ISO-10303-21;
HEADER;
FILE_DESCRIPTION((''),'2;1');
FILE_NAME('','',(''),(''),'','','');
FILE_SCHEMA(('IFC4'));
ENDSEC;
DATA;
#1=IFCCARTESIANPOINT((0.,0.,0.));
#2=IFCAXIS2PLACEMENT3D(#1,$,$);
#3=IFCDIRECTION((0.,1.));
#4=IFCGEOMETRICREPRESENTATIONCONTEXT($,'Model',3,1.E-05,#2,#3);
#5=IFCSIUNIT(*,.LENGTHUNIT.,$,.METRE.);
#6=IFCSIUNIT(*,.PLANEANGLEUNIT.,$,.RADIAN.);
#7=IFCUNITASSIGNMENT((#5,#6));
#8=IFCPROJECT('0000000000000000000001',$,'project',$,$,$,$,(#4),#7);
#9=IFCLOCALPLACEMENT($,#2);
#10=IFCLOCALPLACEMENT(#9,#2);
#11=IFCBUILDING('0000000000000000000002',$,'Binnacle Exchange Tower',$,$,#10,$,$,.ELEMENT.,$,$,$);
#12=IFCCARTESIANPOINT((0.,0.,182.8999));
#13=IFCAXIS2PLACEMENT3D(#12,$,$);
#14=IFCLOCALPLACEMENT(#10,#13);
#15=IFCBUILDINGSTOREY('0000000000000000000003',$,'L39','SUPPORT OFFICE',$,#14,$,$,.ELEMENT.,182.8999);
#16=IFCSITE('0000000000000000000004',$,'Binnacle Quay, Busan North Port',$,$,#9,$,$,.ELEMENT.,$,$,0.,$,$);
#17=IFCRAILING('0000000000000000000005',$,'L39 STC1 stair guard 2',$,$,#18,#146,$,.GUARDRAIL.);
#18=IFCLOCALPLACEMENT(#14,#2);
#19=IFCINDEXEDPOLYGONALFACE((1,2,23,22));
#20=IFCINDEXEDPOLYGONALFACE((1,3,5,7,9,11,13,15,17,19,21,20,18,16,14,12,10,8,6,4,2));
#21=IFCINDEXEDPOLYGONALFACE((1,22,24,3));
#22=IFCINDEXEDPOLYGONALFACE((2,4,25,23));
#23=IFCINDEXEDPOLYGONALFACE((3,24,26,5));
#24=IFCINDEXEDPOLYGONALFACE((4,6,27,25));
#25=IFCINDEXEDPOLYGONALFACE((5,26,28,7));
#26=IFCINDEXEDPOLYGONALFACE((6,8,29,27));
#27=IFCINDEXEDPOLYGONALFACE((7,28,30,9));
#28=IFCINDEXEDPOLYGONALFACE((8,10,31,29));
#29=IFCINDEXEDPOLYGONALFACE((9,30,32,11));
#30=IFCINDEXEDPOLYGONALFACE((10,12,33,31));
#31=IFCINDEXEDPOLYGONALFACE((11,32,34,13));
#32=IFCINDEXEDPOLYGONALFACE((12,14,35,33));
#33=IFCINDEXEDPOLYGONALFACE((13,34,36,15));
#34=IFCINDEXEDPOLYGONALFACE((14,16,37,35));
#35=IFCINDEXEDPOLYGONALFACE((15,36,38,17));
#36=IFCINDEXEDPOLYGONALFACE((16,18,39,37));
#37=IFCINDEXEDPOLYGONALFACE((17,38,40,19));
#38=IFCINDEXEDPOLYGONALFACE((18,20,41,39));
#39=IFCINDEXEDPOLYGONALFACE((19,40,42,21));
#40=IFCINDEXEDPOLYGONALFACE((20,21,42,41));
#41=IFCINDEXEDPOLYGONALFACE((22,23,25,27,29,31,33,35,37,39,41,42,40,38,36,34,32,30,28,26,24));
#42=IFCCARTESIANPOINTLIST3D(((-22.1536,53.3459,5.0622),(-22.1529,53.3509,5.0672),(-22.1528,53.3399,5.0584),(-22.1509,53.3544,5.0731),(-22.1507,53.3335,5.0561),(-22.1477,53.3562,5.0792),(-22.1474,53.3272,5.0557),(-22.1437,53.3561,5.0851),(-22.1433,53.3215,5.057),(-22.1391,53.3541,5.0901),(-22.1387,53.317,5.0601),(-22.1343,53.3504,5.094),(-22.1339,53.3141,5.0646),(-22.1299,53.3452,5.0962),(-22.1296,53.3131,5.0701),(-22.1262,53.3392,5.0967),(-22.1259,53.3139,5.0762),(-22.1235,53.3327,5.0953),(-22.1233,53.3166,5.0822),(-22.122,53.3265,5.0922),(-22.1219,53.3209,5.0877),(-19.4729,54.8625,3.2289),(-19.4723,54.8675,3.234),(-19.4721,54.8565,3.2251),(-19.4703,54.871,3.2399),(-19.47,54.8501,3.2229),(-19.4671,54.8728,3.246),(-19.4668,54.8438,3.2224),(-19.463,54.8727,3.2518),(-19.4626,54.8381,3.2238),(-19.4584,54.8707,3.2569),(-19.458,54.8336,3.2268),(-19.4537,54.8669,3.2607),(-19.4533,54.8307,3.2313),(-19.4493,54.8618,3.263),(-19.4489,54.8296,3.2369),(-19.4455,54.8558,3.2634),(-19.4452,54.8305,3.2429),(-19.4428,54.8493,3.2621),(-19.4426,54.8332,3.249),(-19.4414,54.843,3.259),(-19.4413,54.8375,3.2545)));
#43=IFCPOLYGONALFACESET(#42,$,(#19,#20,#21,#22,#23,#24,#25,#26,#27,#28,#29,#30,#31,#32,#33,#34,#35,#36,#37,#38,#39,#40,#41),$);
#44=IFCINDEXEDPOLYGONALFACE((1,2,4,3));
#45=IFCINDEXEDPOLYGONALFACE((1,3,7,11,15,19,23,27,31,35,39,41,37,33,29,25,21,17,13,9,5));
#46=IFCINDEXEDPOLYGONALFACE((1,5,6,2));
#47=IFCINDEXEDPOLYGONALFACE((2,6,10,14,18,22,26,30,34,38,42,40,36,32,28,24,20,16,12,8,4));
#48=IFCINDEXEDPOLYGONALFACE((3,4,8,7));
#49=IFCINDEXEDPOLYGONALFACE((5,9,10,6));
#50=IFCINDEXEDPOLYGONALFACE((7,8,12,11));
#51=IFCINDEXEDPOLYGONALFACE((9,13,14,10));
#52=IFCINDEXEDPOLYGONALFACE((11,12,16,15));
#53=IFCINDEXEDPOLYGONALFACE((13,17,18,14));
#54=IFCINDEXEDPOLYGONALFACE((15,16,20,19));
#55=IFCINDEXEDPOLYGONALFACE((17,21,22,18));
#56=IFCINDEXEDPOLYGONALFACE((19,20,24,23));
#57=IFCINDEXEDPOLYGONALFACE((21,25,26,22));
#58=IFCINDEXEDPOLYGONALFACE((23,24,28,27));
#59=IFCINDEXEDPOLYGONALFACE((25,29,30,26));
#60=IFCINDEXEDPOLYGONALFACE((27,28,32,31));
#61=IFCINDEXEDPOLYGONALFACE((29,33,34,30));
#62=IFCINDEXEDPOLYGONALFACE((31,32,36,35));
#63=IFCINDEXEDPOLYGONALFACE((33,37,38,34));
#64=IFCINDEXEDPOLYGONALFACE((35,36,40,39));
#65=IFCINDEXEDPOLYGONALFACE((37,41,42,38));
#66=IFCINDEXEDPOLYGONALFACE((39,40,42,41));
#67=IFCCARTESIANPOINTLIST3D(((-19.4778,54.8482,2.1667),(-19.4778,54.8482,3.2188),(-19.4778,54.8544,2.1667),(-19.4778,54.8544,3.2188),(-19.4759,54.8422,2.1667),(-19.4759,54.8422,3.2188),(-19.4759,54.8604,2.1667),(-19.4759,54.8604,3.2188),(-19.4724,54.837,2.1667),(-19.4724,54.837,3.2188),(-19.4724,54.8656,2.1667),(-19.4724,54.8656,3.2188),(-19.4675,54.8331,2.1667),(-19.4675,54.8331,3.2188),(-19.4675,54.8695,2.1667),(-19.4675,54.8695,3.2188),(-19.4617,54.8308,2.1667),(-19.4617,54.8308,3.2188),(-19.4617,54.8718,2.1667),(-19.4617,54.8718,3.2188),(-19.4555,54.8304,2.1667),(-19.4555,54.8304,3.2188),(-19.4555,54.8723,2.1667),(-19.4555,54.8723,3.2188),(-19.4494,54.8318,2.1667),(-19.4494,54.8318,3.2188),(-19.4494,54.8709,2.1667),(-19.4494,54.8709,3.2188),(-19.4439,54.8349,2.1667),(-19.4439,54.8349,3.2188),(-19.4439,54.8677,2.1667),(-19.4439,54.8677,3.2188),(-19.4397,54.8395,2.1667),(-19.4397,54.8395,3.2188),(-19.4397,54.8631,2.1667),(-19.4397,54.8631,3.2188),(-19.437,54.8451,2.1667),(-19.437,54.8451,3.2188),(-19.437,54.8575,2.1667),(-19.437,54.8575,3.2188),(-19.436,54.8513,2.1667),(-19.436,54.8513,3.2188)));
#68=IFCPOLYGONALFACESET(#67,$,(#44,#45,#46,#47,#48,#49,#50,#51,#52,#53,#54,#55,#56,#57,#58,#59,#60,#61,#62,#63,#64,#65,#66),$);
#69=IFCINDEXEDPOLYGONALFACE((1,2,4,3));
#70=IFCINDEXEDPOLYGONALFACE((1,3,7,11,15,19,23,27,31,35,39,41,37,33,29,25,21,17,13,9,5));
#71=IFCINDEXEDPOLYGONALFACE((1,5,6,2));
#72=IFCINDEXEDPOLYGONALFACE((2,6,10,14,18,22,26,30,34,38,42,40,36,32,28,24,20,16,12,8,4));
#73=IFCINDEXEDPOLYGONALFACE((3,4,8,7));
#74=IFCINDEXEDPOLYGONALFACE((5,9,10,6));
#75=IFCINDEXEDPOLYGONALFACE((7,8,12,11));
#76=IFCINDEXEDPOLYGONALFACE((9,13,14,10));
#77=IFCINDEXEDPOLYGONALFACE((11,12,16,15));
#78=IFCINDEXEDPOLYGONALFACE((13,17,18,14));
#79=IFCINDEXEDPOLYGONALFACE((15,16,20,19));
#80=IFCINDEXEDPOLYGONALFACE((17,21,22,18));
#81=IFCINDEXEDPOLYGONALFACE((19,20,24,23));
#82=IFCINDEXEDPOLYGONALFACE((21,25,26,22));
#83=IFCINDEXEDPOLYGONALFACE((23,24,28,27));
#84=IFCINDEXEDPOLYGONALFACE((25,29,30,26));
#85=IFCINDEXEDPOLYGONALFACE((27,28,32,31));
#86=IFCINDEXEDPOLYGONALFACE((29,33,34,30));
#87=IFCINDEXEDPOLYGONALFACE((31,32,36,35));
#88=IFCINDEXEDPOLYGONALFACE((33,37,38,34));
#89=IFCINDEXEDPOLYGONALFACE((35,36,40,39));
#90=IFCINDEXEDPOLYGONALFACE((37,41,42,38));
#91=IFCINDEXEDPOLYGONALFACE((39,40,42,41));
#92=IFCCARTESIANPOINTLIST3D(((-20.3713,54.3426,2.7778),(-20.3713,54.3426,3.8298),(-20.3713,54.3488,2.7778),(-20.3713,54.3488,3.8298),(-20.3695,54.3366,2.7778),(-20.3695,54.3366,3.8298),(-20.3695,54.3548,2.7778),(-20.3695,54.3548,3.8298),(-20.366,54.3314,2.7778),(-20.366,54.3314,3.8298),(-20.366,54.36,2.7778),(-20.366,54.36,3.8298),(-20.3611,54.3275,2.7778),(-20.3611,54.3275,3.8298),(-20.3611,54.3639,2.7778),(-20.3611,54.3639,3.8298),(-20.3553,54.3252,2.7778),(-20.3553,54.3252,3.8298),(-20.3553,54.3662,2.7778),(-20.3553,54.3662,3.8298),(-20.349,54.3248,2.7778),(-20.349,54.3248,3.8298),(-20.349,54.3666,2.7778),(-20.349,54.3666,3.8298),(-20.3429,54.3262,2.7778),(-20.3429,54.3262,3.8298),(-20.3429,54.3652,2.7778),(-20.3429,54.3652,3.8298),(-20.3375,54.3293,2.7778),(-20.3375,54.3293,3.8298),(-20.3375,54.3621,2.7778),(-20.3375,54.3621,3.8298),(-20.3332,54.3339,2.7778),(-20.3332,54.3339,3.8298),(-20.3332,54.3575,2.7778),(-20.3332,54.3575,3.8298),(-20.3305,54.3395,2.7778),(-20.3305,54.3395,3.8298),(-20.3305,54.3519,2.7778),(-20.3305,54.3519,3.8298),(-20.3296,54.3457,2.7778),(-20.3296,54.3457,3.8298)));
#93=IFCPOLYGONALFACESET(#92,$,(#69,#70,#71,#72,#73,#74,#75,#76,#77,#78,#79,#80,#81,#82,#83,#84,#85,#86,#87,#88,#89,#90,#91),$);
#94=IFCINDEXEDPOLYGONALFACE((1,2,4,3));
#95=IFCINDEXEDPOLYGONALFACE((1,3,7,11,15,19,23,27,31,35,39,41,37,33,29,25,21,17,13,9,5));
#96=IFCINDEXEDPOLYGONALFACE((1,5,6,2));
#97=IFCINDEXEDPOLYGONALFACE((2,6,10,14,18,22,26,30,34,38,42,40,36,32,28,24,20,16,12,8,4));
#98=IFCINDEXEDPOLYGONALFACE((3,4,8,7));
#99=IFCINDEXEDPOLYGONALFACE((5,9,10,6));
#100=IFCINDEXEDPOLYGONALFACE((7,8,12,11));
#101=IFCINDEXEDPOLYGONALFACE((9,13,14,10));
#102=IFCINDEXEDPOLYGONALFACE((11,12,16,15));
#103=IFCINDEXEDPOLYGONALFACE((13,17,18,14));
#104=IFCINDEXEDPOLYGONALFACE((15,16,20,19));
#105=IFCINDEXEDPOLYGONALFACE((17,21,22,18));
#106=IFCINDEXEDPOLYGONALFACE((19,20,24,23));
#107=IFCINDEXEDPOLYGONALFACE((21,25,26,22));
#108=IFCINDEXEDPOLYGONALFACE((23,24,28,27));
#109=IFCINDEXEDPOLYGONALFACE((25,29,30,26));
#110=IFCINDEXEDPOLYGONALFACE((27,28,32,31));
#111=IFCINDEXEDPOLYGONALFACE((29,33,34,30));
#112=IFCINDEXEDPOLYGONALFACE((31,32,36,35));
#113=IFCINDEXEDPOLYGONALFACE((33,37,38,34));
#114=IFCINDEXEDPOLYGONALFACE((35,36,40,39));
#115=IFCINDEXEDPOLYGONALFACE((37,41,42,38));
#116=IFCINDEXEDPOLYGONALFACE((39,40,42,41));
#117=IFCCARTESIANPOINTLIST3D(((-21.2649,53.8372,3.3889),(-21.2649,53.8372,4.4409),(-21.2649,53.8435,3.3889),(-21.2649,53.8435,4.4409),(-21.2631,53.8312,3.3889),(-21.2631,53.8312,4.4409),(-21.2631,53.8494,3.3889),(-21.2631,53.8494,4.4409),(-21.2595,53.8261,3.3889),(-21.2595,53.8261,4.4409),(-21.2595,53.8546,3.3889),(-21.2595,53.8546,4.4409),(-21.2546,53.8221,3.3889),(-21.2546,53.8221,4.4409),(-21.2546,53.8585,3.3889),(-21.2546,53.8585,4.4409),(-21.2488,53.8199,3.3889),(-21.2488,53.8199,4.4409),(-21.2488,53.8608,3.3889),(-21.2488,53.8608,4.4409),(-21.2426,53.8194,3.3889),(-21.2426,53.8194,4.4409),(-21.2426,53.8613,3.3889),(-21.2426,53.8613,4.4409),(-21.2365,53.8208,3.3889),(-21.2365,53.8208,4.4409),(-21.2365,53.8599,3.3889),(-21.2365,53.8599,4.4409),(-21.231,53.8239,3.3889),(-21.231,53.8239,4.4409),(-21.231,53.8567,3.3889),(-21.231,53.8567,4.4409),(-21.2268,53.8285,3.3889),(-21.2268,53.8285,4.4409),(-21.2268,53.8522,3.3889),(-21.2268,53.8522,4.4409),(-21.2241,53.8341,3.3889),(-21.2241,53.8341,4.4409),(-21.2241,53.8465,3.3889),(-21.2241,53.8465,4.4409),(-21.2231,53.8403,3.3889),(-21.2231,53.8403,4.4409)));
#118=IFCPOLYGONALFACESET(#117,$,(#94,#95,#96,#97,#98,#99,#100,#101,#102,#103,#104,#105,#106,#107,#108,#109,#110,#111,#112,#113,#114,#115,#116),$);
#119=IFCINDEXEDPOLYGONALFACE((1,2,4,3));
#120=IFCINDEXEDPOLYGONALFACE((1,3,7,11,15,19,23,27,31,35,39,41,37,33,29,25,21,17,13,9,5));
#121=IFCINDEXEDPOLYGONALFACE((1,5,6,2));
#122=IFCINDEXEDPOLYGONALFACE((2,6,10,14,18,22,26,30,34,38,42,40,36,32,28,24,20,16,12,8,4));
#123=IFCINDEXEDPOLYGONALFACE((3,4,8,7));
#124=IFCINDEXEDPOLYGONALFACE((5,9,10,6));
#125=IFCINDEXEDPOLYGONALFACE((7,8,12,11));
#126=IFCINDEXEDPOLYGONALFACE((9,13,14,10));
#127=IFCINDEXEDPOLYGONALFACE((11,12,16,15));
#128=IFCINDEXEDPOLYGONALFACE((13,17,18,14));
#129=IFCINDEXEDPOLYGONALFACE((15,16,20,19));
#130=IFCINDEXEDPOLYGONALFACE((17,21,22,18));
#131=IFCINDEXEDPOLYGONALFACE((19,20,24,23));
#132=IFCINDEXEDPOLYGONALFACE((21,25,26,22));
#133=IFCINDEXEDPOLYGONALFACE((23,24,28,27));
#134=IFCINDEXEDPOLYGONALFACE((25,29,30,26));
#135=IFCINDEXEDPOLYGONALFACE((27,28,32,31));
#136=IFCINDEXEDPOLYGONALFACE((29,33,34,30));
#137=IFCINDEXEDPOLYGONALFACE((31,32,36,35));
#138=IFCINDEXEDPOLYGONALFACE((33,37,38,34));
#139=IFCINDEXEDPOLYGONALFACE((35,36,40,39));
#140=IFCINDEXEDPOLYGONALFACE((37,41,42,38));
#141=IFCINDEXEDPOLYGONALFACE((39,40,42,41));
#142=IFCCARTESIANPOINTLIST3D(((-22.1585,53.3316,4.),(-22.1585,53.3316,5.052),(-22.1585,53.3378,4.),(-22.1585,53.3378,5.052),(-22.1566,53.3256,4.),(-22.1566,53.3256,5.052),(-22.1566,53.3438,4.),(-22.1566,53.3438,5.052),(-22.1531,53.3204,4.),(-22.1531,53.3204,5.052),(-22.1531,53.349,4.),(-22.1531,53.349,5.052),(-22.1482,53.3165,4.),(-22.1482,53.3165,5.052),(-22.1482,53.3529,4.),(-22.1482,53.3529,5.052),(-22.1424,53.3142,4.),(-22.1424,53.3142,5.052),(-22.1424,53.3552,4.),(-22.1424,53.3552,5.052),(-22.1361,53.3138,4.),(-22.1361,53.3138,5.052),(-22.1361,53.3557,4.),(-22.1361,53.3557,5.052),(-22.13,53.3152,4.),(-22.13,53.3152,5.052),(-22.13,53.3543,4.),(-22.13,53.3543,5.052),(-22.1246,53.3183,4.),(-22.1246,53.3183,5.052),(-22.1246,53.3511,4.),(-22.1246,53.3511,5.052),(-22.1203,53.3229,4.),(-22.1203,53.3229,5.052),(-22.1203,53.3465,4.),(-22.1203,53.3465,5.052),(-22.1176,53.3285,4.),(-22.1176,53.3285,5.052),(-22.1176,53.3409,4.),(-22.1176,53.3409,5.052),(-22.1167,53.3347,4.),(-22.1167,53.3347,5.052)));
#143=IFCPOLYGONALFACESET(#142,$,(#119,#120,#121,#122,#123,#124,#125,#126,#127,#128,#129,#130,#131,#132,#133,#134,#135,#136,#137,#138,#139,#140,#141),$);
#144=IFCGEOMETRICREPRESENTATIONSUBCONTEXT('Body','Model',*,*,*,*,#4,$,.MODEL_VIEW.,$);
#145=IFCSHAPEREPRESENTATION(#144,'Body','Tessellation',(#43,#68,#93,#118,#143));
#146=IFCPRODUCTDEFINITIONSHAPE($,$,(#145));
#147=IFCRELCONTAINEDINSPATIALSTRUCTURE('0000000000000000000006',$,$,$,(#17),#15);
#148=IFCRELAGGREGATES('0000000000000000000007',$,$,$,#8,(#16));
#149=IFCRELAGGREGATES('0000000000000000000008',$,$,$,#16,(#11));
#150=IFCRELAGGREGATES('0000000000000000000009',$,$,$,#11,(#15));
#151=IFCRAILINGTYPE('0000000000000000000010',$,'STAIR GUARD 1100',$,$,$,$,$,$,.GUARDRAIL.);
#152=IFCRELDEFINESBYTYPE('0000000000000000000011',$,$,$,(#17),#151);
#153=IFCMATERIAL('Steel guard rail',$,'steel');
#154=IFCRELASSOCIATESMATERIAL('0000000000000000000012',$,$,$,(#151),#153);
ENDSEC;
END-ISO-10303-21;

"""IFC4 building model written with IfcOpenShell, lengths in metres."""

from ifc_helpers import new_model, si_unit, direction, frame, origin, origin_2d, place, context, subcontext, project, spatial, circle, extrude, material, type_object, element, save


model = new_model("IFC4")

# Units and contexts
model_context = context("Model", 3, precision=1e-05, world=origin(), true_north=direction((0.0, 1.0)))
body_context = subcontext(model_context, "Body", "Model", "MODEL_VIEW")
ifc_project = project(units=[si_unit("LENGTHUNIT", "METRE"), si_unit("PLANEANGLEUNIT", "RADIAN")], contexts=[model_context])

# Site, building, storey
site_placement = place(None, origin())
site = spatial("IfcSite", under=ifc_project, at=site_placement, Name="Binnacle Quay, Busan North Port", CompositionType="ELEMENT", RefElevation=0.0)
building_placement = place(site_placement, origin())
building = spatial("IfcBuilding", under=site, at=building_placement, Name="Binnacle Exchange Tower", CompositionType="ELEMENT")
storey_placement = place(building_placement, frame((0.0, 0.0, 182.8999)))
storey = spatial("IfcBuildingStorey", under=building, at=storey_placement, Name="L39", Description="SUPPORT OFFICE", CompositionType="ELEMENT", Elevation=182.8999)

# Railing
ifc_material_1 = material(Name="Steel guard rail", Category="steel")
railing_type_1 = type_object("IfcRailingType", Name="STAIR GUARD 1100", PredefinedType="GUARDRAIL", material=ifc_material_1)
railing_1_placement = place(storey_placement, frame((-19.457, 54.8513, 2.1667)))
element("IfcRailing", 1, at=railing_1_placement, inside=storey, type_object=railing_type_1, Name="L39 STC1 stair guard 2", PredefinedType="GUARDRAIL", context=body_context, shape_type="SweptSolid", body=[
    extrude(circle(Radius=0.0239, at=origin_2d()), frame((0.0, 0.0, 1.0762), z_axis=(-0.747901, -0.423129, 0.511474), x_axis=(0.492412, -0.870362, 0.0)), (0.0, 0.0, 1.0), 3.5842),
    extrude(circle(Radius=0.021, at=origin_2d()), origin(), (0.0, 0.0, 1.0), 1.052),
    extrude(circle(Radius=0.021, at=origin_2d()), frame((-0.8936, -0.5056, 0.6111)), (0.0, 0.0, 1.0), 1.052),
    extrude(circle(Radius=0.021, at=origin_2d()), frame((-1.7871, -1.011, 1.2222)), (0.0, 0.0, 1.0), 1.052),
    extrude(circle(Radius=0.021, at=origin_2d()), frame((-2.6807, -1.5166, 1.8333)), (0.0, 0.0, 1.0), 1.052),
])

save(model, "model.ifc")
